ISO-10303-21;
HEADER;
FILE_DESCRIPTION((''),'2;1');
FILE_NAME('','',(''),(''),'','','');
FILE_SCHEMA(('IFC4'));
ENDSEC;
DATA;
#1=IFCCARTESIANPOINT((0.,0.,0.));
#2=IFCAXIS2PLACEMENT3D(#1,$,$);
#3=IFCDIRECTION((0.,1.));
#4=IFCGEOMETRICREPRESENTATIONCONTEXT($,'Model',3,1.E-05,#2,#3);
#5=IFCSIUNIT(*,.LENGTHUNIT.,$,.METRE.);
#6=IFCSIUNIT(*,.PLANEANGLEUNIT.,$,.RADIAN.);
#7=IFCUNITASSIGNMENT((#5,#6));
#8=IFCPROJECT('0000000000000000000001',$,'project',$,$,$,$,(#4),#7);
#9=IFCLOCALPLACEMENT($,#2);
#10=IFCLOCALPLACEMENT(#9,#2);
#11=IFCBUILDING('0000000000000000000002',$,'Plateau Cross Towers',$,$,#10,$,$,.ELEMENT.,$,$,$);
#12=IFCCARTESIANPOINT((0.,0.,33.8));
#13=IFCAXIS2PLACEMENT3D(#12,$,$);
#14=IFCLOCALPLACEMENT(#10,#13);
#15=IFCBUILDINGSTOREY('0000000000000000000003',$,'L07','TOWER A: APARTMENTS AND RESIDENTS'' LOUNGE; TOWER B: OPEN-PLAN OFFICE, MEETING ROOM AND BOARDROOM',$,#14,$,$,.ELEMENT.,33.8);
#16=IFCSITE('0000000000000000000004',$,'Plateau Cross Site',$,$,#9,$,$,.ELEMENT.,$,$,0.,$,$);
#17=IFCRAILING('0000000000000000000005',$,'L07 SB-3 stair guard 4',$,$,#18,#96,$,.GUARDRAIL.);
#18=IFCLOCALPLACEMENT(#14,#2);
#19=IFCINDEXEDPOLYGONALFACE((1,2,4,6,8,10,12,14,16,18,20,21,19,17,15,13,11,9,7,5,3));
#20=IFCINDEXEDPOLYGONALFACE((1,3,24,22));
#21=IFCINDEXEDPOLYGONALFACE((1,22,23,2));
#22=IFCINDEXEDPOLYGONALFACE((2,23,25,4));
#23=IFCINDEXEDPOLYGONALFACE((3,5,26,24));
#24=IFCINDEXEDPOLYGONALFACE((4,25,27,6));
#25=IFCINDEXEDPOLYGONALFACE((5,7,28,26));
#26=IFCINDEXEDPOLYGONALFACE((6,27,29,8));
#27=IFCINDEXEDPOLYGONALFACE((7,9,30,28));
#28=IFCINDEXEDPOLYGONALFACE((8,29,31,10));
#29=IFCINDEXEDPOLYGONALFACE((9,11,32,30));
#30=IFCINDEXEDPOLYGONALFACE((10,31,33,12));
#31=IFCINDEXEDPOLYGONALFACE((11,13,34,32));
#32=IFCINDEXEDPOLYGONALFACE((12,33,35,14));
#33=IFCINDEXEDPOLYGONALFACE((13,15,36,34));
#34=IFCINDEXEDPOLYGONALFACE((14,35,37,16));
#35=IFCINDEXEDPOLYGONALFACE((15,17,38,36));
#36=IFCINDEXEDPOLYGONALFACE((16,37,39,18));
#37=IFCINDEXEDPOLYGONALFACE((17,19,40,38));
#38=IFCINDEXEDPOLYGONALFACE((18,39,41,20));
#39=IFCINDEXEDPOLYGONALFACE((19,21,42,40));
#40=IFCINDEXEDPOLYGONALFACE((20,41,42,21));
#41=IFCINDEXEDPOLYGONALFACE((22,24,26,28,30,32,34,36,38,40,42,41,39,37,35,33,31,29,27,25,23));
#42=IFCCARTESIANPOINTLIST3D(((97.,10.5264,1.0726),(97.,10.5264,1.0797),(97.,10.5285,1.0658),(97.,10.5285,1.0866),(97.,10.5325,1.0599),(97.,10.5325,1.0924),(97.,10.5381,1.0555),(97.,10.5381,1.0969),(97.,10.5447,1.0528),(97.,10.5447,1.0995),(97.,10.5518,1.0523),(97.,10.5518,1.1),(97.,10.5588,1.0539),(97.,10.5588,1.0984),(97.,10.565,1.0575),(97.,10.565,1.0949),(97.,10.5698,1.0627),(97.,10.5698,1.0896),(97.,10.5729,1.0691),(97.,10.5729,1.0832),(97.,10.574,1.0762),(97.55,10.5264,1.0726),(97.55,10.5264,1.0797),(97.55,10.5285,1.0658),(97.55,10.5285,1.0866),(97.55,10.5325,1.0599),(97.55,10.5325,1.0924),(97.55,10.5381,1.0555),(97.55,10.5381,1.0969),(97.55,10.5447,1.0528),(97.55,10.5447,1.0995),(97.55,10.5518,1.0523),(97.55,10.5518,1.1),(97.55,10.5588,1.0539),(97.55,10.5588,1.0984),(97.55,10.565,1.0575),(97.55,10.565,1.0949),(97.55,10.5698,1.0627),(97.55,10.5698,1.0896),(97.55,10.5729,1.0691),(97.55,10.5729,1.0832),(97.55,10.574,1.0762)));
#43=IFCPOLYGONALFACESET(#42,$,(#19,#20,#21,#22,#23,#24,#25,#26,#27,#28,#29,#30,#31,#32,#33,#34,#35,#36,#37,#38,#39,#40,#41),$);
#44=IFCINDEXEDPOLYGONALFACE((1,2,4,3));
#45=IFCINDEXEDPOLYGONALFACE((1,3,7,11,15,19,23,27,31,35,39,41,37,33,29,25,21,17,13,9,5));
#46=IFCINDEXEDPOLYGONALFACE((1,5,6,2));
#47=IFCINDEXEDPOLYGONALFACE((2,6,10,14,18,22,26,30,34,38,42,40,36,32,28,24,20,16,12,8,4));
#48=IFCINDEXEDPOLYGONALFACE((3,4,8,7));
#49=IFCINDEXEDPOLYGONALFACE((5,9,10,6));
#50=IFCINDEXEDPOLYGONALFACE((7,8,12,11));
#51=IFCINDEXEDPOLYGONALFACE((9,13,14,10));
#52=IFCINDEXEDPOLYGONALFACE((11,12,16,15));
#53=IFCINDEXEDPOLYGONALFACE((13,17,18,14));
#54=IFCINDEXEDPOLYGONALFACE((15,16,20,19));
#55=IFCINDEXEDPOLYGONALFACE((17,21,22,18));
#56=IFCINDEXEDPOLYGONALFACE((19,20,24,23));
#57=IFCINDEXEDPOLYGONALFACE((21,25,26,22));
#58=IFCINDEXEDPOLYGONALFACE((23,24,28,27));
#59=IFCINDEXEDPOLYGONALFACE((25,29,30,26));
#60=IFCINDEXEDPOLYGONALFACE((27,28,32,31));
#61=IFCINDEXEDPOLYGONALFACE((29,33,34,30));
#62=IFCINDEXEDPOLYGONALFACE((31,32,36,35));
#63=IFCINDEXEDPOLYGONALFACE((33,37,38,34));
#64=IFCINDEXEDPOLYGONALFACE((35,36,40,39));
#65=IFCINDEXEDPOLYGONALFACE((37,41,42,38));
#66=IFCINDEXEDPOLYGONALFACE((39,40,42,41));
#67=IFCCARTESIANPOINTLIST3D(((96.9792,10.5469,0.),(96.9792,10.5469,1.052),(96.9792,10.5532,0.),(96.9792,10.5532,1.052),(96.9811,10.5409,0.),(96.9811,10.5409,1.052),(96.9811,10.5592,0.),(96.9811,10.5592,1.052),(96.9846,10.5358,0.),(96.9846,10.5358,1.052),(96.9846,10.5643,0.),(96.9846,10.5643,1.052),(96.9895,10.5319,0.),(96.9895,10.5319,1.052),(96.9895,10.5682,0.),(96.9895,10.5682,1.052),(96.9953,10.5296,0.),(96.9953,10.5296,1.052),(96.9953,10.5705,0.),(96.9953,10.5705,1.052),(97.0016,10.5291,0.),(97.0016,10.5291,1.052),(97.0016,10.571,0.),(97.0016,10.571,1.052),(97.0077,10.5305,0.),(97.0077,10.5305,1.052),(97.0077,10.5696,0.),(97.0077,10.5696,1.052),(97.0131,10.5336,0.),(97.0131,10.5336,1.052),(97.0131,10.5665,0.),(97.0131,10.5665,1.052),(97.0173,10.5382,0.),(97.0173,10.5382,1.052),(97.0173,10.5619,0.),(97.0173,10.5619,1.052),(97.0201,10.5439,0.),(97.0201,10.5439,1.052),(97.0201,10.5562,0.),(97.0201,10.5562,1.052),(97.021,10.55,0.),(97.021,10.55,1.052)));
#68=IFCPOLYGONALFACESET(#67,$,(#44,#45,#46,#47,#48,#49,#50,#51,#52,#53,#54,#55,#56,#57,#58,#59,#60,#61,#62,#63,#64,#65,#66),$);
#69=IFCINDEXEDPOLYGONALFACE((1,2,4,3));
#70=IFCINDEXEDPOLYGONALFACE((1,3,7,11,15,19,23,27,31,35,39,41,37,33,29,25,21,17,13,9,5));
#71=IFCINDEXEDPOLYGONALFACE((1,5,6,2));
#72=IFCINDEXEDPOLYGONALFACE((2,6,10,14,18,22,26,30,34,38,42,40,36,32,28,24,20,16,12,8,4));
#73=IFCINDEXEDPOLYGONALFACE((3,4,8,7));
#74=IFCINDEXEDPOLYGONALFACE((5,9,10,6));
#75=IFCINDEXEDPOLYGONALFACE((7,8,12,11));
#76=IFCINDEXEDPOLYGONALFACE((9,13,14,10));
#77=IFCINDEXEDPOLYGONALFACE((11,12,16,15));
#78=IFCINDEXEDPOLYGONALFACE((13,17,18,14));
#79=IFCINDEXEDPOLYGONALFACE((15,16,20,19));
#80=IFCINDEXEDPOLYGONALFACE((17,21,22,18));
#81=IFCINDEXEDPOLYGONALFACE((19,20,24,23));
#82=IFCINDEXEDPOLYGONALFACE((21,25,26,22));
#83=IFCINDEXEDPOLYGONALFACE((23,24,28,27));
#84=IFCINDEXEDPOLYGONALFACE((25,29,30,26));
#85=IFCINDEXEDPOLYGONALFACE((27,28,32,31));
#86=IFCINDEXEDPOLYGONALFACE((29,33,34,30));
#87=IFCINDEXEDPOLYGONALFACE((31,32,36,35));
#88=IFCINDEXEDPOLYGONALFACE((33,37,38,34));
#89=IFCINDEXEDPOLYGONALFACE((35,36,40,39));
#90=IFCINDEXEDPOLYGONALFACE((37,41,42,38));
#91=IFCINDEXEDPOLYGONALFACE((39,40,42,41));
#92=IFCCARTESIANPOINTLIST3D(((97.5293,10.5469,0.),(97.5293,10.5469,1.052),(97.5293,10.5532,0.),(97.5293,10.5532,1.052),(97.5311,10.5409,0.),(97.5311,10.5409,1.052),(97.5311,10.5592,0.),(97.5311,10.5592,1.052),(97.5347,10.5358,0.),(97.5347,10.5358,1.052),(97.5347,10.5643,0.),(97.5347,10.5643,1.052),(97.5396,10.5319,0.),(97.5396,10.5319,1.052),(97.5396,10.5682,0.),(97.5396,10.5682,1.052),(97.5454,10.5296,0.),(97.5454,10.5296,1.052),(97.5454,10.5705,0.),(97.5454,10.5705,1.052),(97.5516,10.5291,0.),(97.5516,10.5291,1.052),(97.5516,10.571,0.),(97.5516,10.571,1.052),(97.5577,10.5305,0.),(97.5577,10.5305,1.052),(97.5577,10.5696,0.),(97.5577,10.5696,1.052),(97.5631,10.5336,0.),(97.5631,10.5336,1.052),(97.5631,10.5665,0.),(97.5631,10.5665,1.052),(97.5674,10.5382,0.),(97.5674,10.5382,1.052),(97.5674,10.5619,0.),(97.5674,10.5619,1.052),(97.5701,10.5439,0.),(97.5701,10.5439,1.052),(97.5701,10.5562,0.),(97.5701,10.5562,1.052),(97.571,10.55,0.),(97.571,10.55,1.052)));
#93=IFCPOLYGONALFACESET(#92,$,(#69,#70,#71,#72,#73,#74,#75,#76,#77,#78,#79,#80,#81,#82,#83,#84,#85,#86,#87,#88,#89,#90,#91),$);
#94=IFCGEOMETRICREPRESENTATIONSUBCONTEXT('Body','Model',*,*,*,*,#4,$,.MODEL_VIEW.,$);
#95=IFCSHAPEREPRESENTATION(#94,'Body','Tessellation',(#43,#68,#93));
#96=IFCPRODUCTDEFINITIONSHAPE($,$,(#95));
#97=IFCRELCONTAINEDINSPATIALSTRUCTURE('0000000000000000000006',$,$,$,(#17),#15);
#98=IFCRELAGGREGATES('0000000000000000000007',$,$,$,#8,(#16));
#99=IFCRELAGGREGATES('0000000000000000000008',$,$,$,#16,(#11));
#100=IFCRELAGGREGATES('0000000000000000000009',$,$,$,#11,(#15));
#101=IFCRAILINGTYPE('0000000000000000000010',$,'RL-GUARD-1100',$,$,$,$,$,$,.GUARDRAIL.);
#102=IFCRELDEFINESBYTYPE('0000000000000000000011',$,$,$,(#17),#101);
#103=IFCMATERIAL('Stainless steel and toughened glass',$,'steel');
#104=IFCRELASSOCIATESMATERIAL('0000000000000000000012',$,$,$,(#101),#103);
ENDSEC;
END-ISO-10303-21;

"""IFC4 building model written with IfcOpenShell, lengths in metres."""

from ifc_helpers import new_model, si_unit, direction, frame, origin, origin_2d, place, context, subcontext, project, spatial, circle, extrude, material, type_object, element, save


model = new_model("IFC4")

# Units and contexts
model_context = context("Model", 3, precision=1e-05, world=origin(), true_north=direction((0.0, 1.0)))
body_context = subcontext(model_context, "Body", "Model", "MODEL_VIEW")
ifc_project = project(units=[si_unit("LENGTHUNIT", "METRE"), si_unit("PLANEANGLEUNIT", "RADIAN")], contexts=[model_context])

# Site, building, storey
site_placement = place(None, origin())
site = spatial("IfcSite", under=ifc_project, at=site_placement, Name="Plateau Cross Site", CompositionType="ELEMENT", RefElevation=0.0)
building_placement = place(site_placement, origin())
building = spatial("IfcBuilding", under=site, at=building_placement, Name="Plateau Cross Towers", CompositionType="ELEMENT")
storey_placement = place(building_placement, frame((0.0, 0.0, 33.8)))
storey = spatial("IfcBuildingStorey", under=building, at=storey_placement, Name="L07", Description="TOWER A: APARTMENTS AND RESIDENTS' LOUNGE; TOWER B: OPEN-PLAN OFFICE, MEETING ROOM AND BOARDROOM", CompositionType="ELEMENT", Elevation=33.8)

# Railing
ifc_material_1 = material(Name="Stainless steel and toughened glass", Category="steel")
railing_type_1 = type_object("IfcRailingType", Name="RL-GUARD-1100", PredefinedType="GUARDRAIL", material=ifc_material_1)
railing_1_placement = place(storey_placement, frame((97.0, 10.55, 0.0)))
element("IfcRailing", 1, at=railing_1_placement, inside=storey, type_object=railing_type_1, Name="L07 SB-3 stair guard 4", PredefinedType="GUARDRAIL", context=body_context, shape_type="SweptSolid", body=[
    extrude(circle(Radius=0.0239, at=origin_2d()), frame((0.0, 0.0, 1.0762), z_axis=(1.0, 0.0, 0.0), x_axis=(0.0, 1.0, 0.0)), (0.0, 0.0, 1.0), 0.55),
    extrude(circle(Radius=0.021, at=origin_2d()), origin(), (0.0, 0.0, 1.0), 1.052),
    extrude(circle(Radius=0.021, at=origin_2d()), frame((0.55, 0.0, 0.0)), (0.0, 0.0, 1.0), 1.052),
])

save(model, "model.ifc")
